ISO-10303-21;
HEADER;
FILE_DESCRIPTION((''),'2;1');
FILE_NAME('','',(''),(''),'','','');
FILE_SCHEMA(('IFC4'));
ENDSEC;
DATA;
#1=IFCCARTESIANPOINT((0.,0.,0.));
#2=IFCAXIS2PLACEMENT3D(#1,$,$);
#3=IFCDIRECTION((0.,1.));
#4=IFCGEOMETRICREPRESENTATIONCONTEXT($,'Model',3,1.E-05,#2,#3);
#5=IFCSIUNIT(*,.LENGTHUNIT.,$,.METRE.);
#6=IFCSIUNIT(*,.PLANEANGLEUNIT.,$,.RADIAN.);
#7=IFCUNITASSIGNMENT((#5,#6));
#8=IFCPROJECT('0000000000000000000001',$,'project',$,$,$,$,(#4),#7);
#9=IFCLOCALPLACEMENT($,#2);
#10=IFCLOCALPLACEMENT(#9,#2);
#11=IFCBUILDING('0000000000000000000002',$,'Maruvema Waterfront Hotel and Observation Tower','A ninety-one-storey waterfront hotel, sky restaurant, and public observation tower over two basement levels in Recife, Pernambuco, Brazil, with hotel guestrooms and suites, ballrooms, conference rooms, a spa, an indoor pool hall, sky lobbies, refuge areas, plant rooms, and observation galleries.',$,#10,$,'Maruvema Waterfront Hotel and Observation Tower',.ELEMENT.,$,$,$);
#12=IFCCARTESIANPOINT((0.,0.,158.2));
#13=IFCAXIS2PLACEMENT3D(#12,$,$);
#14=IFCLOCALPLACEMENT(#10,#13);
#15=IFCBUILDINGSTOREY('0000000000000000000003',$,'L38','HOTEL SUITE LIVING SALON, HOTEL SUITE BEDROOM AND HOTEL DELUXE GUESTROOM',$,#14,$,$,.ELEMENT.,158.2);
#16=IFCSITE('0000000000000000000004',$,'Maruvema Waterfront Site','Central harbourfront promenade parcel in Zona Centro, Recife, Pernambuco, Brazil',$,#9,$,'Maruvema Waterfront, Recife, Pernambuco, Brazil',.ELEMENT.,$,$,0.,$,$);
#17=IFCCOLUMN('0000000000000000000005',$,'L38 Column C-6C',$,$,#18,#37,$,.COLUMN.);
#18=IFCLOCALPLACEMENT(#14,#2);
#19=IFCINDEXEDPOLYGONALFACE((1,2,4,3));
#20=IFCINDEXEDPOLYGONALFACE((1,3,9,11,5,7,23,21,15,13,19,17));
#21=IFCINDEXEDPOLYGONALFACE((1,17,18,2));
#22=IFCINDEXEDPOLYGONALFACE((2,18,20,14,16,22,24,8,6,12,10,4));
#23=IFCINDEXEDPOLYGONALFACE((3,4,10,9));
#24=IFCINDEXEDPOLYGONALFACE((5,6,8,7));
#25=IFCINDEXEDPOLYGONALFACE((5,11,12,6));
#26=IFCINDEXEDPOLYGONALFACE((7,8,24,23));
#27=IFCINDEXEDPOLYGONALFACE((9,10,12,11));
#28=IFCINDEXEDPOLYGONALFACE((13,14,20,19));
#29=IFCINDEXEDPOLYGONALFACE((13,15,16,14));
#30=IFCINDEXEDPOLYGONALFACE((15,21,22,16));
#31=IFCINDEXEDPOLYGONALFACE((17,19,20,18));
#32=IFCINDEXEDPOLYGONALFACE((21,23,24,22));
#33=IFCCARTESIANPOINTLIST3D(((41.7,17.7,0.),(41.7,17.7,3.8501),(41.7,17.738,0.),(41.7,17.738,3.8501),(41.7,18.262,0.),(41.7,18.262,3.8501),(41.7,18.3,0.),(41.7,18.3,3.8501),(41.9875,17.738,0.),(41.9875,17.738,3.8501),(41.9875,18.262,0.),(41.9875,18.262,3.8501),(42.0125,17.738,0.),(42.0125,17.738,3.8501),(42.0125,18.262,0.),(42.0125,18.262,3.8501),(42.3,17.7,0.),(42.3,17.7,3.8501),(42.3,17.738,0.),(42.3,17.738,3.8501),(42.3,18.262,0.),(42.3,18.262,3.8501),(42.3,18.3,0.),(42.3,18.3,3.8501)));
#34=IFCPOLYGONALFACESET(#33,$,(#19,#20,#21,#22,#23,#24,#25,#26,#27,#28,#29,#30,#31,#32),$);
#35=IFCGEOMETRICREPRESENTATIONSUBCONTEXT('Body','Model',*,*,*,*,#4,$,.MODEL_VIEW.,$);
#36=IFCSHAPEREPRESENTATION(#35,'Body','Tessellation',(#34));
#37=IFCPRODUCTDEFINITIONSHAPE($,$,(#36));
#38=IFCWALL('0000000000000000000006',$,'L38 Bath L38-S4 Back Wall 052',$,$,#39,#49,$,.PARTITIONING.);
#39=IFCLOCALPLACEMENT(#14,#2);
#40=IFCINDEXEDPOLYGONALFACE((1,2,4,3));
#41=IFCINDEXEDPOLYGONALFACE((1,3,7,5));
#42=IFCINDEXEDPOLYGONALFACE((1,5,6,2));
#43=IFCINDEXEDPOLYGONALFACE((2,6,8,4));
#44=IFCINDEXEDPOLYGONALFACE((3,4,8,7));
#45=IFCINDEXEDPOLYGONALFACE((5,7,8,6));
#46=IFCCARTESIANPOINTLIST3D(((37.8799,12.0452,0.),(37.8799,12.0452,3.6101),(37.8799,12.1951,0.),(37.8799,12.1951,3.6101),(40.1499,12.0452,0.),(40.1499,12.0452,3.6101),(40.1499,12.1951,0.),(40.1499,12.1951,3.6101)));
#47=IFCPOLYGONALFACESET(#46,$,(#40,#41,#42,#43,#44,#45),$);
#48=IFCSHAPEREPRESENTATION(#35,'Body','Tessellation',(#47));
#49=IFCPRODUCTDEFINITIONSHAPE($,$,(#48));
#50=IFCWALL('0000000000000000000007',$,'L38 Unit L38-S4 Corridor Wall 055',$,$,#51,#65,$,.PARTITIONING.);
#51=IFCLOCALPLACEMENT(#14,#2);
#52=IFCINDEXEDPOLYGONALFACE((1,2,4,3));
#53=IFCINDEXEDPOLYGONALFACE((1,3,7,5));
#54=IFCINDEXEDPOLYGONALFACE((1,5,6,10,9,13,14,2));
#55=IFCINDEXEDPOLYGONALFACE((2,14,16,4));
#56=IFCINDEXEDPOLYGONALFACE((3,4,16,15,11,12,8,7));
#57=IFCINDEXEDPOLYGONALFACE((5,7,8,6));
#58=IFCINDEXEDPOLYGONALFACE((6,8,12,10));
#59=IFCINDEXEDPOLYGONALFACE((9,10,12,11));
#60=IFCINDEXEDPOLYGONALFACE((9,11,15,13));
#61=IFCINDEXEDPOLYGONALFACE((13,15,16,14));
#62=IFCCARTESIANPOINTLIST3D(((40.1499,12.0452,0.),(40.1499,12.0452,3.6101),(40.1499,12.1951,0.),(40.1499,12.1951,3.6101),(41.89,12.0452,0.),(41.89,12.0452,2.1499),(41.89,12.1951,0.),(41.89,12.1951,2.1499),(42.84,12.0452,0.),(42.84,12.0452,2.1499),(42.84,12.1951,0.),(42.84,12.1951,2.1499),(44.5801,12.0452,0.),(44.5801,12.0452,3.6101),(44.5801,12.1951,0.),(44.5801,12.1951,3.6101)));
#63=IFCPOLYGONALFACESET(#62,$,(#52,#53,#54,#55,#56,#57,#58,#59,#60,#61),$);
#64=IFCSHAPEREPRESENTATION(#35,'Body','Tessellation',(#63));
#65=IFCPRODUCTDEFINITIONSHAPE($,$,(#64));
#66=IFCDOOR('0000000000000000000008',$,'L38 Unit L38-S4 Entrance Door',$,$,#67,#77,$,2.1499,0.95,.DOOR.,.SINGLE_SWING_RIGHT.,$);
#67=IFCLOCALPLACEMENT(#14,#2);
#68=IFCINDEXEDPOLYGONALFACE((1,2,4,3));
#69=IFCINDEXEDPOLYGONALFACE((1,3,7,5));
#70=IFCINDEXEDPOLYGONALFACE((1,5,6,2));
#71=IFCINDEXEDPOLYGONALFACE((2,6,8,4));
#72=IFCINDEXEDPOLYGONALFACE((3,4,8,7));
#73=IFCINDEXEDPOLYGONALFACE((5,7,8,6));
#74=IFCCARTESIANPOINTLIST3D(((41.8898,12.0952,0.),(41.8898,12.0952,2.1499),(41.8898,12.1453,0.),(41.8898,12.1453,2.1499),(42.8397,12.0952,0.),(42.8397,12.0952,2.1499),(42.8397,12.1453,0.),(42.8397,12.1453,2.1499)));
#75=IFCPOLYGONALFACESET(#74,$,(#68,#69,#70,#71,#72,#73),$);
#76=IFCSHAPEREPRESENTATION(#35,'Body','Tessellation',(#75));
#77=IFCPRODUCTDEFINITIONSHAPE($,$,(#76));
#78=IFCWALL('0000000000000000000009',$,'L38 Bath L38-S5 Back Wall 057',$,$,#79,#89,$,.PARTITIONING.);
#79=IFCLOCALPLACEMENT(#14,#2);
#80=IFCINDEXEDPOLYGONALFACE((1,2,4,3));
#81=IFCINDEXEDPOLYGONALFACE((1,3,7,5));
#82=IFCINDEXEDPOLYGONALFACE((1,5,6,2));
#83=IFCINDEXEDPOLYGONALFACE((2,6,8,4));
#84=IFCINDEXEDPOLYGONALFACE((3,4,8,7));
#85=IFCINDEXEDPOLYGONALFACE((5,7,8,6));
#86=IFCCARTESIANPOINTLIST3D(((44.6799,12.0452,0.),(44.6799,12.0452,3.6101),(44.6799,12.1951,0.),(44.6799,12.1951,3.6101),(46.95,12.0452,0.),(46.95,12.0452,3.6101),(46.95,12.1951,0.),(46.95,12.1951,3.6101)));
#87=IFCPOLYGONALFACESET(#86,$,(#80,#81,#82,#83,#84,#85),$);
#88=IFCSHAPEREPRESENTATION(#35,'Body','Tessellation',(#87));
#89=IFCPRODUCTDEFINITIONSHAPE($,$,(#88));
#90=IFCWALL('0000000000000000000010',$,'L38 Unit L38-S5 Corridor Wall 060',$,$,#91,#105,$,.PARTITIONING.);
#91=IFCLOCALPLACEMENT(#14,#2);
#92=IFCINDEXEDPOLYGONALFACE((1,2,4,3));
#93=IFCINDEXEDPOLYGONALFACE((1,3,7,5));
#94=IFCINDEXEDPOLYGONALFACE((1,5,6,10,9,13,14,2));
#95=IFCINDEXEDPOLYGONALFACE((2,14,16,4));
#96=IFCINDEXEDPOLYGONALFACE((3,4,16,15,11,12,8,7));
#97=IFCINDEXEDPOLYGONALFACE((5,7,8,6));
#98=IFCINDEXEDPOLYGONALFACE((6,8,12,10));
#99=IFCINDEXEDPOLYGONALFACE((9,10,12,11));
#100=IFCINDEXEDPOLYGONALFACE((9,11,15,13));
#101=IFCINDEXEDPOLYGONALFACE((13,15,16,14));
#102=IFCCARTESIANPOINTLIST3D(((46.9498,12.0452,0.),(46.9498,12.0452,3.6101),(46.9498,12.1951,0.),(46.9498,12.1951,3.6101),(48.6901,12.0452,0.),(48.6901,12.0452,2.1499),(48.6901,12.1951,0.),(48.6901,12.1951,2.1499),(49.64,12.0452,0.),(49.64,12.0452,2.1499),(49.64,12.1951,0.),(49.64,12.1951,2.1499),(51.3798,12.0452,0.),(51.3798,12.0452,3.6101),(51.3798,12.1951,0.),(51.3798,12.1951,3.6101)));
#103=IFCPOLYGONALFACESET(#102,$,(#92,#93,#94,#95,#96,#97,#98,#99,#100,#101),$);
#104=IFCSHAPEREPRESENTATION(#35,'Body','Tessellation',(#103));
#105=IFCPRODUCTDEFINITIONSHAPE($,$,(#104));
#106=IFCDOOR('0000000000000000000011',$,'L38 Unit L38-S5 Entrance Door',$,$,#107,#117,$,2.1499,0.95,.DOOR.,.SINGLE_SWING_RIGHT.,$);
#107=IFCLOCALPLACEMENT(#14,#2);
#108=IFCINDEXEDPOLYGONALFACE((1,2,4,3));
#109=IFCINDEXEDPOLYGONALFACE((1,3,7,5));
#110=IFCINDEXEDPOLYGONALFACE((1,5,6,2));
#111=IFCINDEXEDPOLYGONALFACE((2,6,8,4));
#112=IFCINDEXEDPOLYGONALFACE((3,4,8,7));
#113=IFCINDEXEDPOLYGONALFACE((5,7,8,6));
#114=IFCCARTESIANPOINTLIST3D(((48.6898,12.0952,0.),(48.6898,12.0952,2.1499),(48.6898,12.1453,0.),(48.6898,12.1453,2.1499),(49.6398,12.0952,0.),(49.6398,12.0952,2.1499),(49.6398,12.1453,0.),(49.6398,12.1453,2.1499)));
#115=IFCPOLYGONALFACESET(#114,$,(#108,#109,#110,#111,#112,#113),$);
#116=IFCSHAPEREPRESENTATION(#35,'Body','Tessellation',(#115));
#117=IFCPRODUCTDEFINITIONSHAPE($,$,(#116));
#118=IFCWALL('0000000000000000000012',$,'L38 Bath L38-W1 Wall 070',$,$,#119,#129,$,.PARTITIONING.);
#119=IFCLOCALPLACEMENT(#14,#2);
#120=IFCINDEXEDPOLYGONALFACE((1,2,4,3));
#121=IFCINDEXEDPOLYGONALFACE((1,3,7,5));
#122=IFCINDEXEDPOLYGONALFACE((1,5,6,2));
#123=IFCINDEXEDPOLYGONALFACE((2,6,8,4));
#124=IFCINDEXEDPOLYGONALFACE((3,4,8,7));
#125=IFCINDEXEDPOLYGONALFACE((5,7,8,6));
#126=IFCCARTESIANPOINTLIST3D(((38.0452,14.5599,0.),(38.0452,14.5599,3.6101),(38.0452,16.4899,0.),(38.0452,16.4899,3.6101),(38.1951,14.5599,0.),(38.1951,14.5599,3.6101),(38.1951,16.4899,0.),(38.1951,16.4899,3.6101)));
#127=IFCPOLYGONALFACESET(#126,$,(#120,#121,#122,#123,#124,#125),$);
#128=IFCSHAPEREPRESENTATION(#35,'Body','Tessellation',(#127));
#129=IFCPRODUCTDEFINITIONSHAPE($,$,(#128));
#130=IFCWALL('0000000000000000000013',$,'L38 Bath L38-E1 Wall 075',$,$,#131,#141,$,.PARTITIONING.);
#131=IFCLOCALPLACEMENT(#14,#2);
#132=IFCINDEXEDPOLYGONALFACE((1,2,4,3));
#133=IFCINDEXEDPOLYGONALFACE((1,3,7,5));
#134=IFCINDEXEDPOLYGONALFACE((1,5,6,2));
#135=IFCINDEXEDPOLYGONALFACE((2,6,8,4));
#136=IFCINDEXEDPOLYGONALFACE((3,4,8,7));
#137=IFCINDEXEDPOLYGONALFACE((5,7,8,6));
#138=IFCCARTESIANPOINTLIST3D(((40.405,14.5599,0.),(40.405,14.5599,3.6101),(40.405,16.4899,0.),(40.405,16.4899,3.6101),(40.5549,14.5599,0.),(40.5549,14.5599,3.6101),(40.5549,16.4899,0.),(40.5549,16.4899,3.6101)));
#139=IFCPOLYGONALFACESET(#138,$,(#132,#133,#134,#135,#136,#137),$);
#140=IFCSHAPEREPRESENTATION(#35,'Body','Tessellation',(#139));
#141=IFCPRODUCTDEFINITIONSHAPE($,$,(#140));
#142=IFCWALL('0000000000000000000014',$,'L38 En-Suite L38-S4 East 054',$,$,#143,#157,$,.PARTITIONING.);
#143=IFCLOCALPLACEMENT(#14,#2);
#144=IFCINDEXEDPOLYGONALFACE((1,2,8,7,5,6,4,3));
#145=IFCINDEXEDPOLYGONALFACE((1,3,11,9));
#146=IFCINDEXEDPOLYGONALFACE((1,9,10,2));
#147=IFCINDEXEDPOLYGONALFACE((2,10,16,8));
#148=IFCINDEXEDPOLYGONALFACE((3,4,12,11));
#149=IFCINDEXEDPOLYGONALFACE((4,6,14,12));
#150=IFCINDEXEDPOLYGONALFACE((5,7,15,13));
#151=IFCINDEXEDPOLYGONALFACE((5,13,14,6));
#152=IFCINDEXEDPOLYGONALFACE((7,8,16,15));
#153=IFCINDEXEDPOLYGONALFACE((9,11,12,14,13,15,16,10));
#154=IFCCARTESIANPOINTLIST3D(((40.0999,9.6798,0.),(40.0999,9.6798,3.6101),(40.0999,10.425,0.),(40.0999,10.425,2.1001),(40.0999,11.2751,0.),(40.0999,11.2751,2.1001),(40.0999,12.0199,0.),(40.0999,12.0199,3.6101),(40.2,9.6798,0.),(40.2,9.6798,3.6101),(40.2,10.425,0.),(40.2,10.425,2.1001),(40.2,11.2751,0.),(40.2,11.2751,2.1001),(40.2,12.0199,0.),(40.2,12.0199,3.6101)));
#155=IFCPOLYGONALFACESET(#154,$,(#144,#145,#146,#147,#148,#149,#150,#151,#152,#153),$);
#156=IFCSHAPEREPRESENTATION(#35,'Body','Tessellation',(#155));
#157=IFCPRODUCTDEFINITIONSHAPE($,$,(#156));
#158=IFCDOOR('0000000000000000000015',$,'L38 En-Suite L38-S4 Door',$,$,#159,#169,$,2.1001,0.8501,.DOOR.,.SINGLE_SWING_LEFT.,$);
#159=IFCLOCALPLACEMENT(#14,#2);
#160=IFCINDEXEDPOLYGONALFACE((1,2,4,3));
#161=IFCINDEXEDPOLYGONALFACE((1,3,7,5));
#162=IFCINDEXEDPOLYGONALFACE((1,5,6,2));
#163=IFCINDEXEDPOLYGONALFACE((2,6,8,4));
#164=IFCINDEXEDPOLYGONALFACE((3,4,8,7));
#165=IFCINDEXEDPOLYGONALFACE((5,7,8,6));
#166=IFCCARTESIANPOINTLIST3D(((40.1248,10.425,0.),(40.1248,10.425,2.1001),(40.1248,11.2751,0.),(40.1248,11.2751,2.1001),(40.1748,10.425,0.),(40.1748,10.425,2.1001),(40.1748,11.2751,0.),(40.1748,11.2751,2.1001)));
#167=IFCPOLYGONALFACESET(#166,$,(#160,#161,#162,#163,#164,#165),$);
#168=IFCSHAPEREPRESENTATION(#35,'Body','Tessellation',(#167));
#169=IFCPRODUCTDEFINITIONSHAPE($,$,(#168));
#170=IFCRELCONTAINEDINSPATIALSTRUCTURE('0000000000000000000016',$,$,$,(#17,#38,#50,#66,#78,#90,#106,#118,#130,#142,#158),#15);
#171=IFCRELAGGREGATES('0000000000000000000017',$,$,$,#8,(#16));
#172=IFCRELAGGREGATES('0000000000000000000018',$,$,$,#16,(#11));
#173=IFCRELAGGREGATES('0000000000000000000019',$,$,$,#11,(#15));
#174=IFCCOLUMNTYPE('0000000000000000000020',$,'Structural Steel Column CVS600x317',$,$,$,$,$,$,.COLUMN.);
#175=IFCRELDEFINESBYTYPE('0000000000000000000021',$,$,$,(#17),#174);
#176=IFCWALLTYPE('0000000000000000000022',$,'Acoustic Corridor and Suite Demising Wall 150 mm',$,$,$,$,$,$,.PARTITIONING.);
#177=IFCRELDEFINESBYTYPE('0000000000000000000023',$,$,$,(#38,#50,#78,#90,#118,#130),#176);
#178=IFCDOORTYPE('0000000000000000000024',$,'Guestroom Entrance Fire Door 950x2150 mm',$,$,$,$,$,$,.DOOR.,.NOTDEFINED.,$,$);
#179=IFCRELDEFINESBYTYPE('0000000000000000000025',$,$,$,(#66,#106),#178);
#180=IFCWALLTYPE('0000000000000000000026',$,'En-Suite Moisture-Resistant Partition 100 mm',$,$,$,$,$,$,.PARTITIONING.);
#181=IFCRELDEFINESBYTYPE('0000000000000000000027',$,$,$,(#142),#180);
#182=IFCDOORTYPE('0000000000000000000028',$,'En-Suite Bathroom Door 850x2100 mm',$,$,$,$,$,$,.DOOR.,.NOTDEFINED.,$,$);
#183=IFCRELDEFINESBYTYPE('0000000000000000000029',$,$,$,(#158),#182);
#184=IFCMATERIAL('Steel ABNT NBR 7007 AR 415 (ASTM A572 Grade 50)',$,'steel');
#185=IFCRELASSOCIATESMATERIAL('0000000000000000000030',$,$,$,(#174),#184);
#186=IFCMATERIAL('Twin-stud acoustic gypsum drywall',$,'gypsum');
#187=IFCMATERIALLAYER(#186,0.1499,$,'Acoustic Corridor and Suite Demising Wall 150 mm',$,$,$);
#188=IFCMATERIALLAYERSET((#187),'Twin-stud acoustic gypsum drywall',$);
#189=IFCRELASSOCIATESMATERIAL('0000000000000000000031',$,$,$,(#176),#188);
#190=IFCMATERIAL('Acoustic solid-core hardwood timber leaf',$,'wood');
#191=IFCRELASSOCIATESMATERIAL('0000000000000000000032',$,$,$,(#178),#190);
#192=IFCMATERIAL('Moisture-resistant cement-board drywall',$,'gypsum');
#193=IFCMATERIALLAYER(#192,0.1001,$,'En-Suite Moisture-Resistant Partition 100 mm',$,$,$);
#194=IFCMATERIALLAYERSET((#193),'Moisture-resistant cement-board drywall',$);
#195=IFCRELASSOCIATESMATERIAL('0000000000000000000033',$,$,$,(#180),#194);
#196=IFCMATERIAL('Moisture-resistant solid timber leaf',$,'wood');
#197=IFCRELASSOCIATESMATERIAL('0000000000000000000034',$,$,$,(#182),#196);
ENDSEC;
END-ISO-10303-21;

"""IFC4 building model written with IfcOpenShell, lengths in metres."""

from ifc_helpers import new_model, si_unit, direction, frame, frame_2d, origin, origin_2d, place, context, subcontext, project, spatial, rectangle, i_section, extrude, material, layer, layer_set, material_profile, profile_set, type_object, element, fill, save


model = new_model("IFC4")

# Units and contexts
model_context = context("Model", 3, precision=1e-05, world=origin(), true_north=direction((0.0, 1.0)))
body_context = subcontext(model_context, "Body", "Model", "MODEL_VIEW")
ifc_project = project(units=[si_unit("LENGTHUNIT", "METRE"), si_unit("PLANEANGLEUNIT", "RADIAN")], contexts=[model_context])

# Site, building, storey
site_placement = place(None, origin())
site = spatial("IfcSite", under=ifc_project, at=site_placement, Name="Maruvema Waterfront Site", Description="Central harbourfront promenade parcel in Zona Centro, Recife, Pernambuco, Brazil", LongName="Maruvema Waterfront, Recife, Pernambuco, Brazil", CompositionType="ELEMENT", RefElevation=0.0)
building_placement = place(site_placement, origin())
building = spatial("IfcBuilding", under=site, at=building_placement, Name="Maruvema Waterfront Hotel and Observation Tower", Description="A ninety-one-storey waterfront hotel, sky restaurant, and public observation tower over two basement levels in Recife, Pernambuco, Brazil, with hotel guestrooms and suites, ballrooms, conference rooms, a spa, an indoor pool hall, sky lobbies, refuge areas, plant rooms, and observation galleries.", LongName="Maruvema Waterfront Hotel and Observation Tower", CompositionType="ELEMENT")
storey_placement = place(building_placement, frame((0.0, 0.0, 158.2)))
storey = spatial("IfcBuildingStorey", under=building, at=storey_placement, Name="L38", Description="HOTEL SUITE LIVING SALON, HOTEL SUITE BEDROOM AND HOTEL DELUXE GUESTROOM", CompositionType="ELEMENT", Elevation=158.2)

# Column
ifc_material_1 = material(Name="Steel ABNT NBR 7007 AR 415 (ASTM A572 Grade 50)", Category="steel")
ifc_material_profile = material_profile(ifc_material_1, i_section(OverallWidth=0.6001, OverallDepth=0.6001, WebThickness=0.0249, FlangeThickness=0.0381, at=origin_2d()), Name="CVS600x317")
ifc_profile_set = profile_set([ifc_material_profile], Name="Steel ABNT NBR 7007 AR 415 (ASTM A572 Grade 50)")
column_type = type_object("IfcColumnType", Name="Structural Steel Column CVS600x317", PredefinedType="COLUMN", material=ifc_profile_set)
column_placement = place(storey_placement, frame((42.0, 18.0, 0.0), z_axis=(0.0, 0.0, 1.0), x_axis=(1.0, 0.0, 0.0)))
element("IfcColumn", 1, at=column_placement, inside=storey, type_object=column_type, Name="L38 Column C-6C", PredefinedType="COLUMN", context=body_context, shape_type="SweptSolid", body=[
    extrude(i_section(OverallWidth=0.6001, OverallDepth=0.6001, WebThickness=0.0249, FlangeThickness=0.0381, at=origin_2d()), origin(), (0.0, 0.0, 1.0), 3.8501),
])

# Wall
ifc_material_2 = material(Name="Twin-stud acoustic gypsum drywall", Category="gypsum")
ifc_layer_1 = layer(ifc_material_2, 0.1499, Name="Acoustic Corridor and Suite Demising Wall 150 mm")
ifc_layer_set_1 = layer_set([ifc_layer_1], Name="Twin-stud acoustic gypsum drywall")
wall_type_1 = type_object("IfcWallType", Name="Acoustic Corridor and Suite Demising Wall 150 mm", PredefinedType="PARTITIONING", material=ifc_layer_set_1)
wall_1_placement = place(storey_placement, frame((37.8799, 12.1201, 0.0), z_axis=(0.0, 0.0, 1.0), x_axis=(1.0, 0.0, 0.0)))
element("IfcWall", 2, at=wall_1_placement, inside=storey, type_object=wall_type_1, Name="L38 Bath L38-S4 Back Wall 052", PredefinedType="PARTITIONING", context=body_context, shape_type="SweptSolid", body=[
    extrude(rectangle(XDim=2.27, YDim=0.1499, at=frame_2d((1.135, 0.0))), origin(), (0.0, 0.0, 1.0), 3.6101),
])

# Wall, opening, door
wall_2_placement = place(storey_placement, frame((40.1499, 12.1201, 0.0), z_axis=(0.0, 0.0, 1.0), x_axis=(1.0, 0.0, 0.0)))
wall_2 = element("IfcWall", 3, at=wall_2_placement, inside=storey, type_object=wall_type_1, Name="L38 Unit L38-S4 Corridor Wall 055", PredefinedType="PARTITIONING", context=body_context, shape_type="SweptSolid", body=[
    extrude(rectangle(XDim=4.4302, YDim=0.1499, at=frame_2d((2.2151, 0.0))), origin(), (0.0, 0.0, 1.0), 3.6101),
])
opening_1_placement = place(wall_2_placement, frame((1.74, 0.0, 0.0)))
opening_1 = element("IfcOpeningElement", 4, at=opening_1_placement, cuts=wall_2, PredefinedType="OPENING", context=body_context, shape_type="SweptSolid", body=[
    extrude(rectangle(XDim=0.95, YDim=2.1499, at=frame_2d((0.4751, 1.075))), frame((0.0, 0.085, 0.0), z_axis=(0.0, -1.0, 0.0), x_axis=(1.0, 0.0, 0.0)), (0.0, 0.0, 1.0), 0.1699),
])
ifc_material_3 = material(Name="Acoustic solid-core hardwood timber leaf", Category="wood")
door_type_1 = type_object("IfcDoorType", Name="Guestroom Entrance Fire Door 950x2150 mm", OperationType="NOTDEFINED", PredefinedType="DOOR", material=ifc_material_3)
door_1_placement = place(opening_1_placement, frame((0.95, 0.0, 0.0), z_axis=(0.0, 0.0, 1.0), x_axis=(-1.0, 0.0, 0.0)))
door_1 = element("IfcDoor", 5, at=door_1_placement, inside=storey, type_object=door_type_1, Name="L38 Unit L38-S4 Entrance Door", OperationType="SINGLE_SWING_RIGHT", OverallHeight=2.1499, OverallWidth=0.95, PredefinedType="DOOR", context=body_context, shape_type="SweptSolid", body=[
    extrude(rectangle(XDim=0.95, YDim=2.1499, at=frame_2d((0.4751, 1.075))), frame((0.0, 0.0249, 0.0), z_axis=(0.0, -1.0, 0.0), x_axis=(1.0, 0.0, 0.0)), (0.0, 0.0, 1.0), 0.05),
])
fill(opening_1, door_1)

# Wall
wall_3_placement = place(storey_placement, frame((44.6799, 12.1201, 0.0), z_axis=(0.0, 0.0, 1.0), x_axis=(1.0, 0.0, 0.0)))
element("IfcWall", 6, at=wall_3_placement, inside=storey, type_object=wall_type_1, Name="L38 Bath L38-S5 Back Wall 057", PredefinedType="PARTITIONING", context=body_context, shape_type="SweptSolid", body=[
    extrude(rectangle(XDim=2.27, YDim=0.1499, at=frame_2d((1.135, 0.0))), origin(), (0.0, 0.0, 1.0), 3.6101),
])

# Wall, opening, door
wall_4_placement = place(storey_placement, frame((46.95, 12.1201, 0.0), z_axis=(0.0, 0.0, 1.0), x_axis=(1.0, 0.0, 0.0)))
wall_4 = element("IfcWall", 7, at=wall_4_placement, inside=storey, type_object=wall_type_1, Name="L38 Unit L38-S5 Corridor Wall 060", PredefinedType="PARTITIONING", context=body_context, shape_type="SweptSolid", body=[
    extrude(rectangle(XDim=4.4299, YDim=0.1499, at=frame_2d((2.2148, 0.0))), origin(), (0.0, 0.0, 1.0), 3.6101),
])
opening_2_placement = place(wall_4_placement, frame((1.74, 0.0, 0.0)))
opening_2 = element("IfcOpeningElement", 8, at=opening_2_placement, cuts=wall_4, PredefinedType="OPENING", context=body_context, shape_type="SweptSolid", body=[
    extrude(rectangle(XDim=0.95, YDim=2.1499, at=frame_2d((0.4751, 1.075))), frame((0.0, 0.085, 0.0), z_axis=(0.0, -1.0, 0.0), x_axis=(1.0, 0.0, 0.0)), (0.0, 0.0, 1.0), 0.1699),
])
door_2_placement = place(opening_2_placement, frame((0.95, 0.0, 0.0), z_axis=(0.0, 0.0, 1.0), x_axis=(-1.0, 0.0, 0.0)))
door_2 = element("IfcDoor", 9, at=door_2_placement, inside=storey, type_object=door_type_1, Name="L38 Unit L38-S5 Entrance Door", OperationType="SINGLE_SWING_RIGHT", OverallHeight=2.1499, OverallWidth=0.95, PredefinedType="DOOR", context=body_context, shape_type="SweptSolid", body=[
    extrude(rectangle(XDim=0.95, YDim=2.1499, at=frame_2d((0.4751, 1.075))), frame((0.0, 0.0249, 0.0), z_axis=(0.0, -1.0, 0.0), x_axis=(1.0, 0.0, 0.0)), (0.0, 0.0, 1.0), 0.05),
])
fill(opening_2, door_2)

# Wall
wall_5_placement = place(storey_placement, frame((38.1201, 14.5601, 0.0), z_axis=(0.0, 0.0, 1.0), x_axis=(0.0, 1.0, 0.0)))
element("IfcWall", 10, at=wall_5_placement, inside=storey, type_object=wall_type_1, Name="L38 Bath L38-W1 Wall 070", PredefinedType="PARTITIONING", context=body_context, shape_type="SweptSolid", body=[
    extrude(rectangle(XDim=1.9299, YDim=0.1499, at=frame_2d((0.9648, 0.0))), origin(), (0.0, 0.0, 1.0), 3.6101),
])

# Wall
wall_6_placement = place(storey_placement, frame((40.48, 14.5601, 0.0), z_axis=(0.0, 0.0, 1.0), x_axis=(0.0, 1.0, 0.0)))
element("IfcWall", 11, at=wall_6_placement, inside=storey, type_object=wall_type_1, Name="L38 Bath L38-E1 Wall 075", PredefinedType="PARTITIONING", context=body_context, shape_type="SweptSolid", body=[
    extrude(rectangle(XDim=1.9299, YDim=0.1499, at=frame_2d((0.9648, 0.0))), origin(), (0.0, 0.0, 1.0), 3.6101),
])

# Wall, opening, door
ifc_material_4 = material(Name="Moisture-resistant cement-board drywall", Category="gypsum")
ifc_layer_2 = layer(ifc_material_4, 0.1001, Name="En-Suite Moisture-Resistant Partition 100 mm")
ifc_layer_set_2 = layer_set([ifc_layer_2], Name="Moisture-resistant cement-board drywall")
wall_type_2 = type_object("IfcWallType", Name="En-Suite Moisture-Resistant Partition 100 mm", PredefinedType="PARTITIONING", material=ifc_layer_set_2)
wall_7_placement = place(storey_placement, frame((40.1499, 9.6799, 0.0), z_axis=(0.0, 0.0, 1.0), x_axis=(0.0, 1.0, 0.0)))
wall_7 = element("IfcWall", 12, at=wall_7_placement, inside=storey, type_object=wall_type_2, Name="L38 En-Suite L38-S4 East 054", PredefinedType="PARTITIONING", context=body_context, shape_type="SweptSolid", body=[
    extrude(rectangle(XDim=2.3401, YDim=0.1001, at=frame_2d((1.1699, 0.0))), origin(), (0.0, 0.0, 1.0), 3.6101),
])
opening_3_placement = place(wall_7_placement, frame((0.7451, 0.0, 0.0)))
opening_3 = element("IfcOpeningElement", 13, at=opening_3_placement, cuts=wall_7, PredefinedType="OPENING", context=body_context, shape_type="SweptSolid", body=[
    extrude(rectangle(XDim=0.8501, YDim=2.1001, at=frame_2d((0.425, 1.05))), frame((0.0, 0.0601, 0.0), z_axis=(0.0, -1.0, 0.0), x_axis=(1.0, 0.0, 0.0)), (0.0, 0.0, 1.0), 0.1201),
])
ifc_material_5 = material(Name="Moisture-resistant solid timber leaf", Category="wood")
door_type_2 = type_object("IfcDoorType", Name="En-Suite Bathroom Door 850x2100 mm", OperationType="NOTDEFINED", PredefinedType="DOOR", material=ifc_material_5)
door_3_placement = place(opening_3_placement, frame((0.8501, 0.0, 0.0), z_axis=(0.0, 0.0, 1.0), x_axis=(-1.0, 0.0, 0.0)))
door_3 = element("IfcDoor", 14, at=door_3_placement, inside=storey, type_object=door_type_2, Name="L38 En-Suite L38-S4 Door", OperationType="SINGLE_SWING_LEFT", OverallHeight=2.1001, OverallWidth=0.8501, PredefinedType="DOOR", context=body_context, shape_type="SweptSolid", body=[
    extrude(rectangle(XDim=0.8501, YDim=2.1001, at=frame_2d((0.425, 1.05))), frame((0.0, 0.0249, 0.0), z_axis=(0.0, -1.0, 0.0), x_axis=(1.0, 0.0, 0.0)), (0.0, 0.0, 1.0), 0.05),
])
fill(opening_3, door_3)

save(model, "model.ifc")
